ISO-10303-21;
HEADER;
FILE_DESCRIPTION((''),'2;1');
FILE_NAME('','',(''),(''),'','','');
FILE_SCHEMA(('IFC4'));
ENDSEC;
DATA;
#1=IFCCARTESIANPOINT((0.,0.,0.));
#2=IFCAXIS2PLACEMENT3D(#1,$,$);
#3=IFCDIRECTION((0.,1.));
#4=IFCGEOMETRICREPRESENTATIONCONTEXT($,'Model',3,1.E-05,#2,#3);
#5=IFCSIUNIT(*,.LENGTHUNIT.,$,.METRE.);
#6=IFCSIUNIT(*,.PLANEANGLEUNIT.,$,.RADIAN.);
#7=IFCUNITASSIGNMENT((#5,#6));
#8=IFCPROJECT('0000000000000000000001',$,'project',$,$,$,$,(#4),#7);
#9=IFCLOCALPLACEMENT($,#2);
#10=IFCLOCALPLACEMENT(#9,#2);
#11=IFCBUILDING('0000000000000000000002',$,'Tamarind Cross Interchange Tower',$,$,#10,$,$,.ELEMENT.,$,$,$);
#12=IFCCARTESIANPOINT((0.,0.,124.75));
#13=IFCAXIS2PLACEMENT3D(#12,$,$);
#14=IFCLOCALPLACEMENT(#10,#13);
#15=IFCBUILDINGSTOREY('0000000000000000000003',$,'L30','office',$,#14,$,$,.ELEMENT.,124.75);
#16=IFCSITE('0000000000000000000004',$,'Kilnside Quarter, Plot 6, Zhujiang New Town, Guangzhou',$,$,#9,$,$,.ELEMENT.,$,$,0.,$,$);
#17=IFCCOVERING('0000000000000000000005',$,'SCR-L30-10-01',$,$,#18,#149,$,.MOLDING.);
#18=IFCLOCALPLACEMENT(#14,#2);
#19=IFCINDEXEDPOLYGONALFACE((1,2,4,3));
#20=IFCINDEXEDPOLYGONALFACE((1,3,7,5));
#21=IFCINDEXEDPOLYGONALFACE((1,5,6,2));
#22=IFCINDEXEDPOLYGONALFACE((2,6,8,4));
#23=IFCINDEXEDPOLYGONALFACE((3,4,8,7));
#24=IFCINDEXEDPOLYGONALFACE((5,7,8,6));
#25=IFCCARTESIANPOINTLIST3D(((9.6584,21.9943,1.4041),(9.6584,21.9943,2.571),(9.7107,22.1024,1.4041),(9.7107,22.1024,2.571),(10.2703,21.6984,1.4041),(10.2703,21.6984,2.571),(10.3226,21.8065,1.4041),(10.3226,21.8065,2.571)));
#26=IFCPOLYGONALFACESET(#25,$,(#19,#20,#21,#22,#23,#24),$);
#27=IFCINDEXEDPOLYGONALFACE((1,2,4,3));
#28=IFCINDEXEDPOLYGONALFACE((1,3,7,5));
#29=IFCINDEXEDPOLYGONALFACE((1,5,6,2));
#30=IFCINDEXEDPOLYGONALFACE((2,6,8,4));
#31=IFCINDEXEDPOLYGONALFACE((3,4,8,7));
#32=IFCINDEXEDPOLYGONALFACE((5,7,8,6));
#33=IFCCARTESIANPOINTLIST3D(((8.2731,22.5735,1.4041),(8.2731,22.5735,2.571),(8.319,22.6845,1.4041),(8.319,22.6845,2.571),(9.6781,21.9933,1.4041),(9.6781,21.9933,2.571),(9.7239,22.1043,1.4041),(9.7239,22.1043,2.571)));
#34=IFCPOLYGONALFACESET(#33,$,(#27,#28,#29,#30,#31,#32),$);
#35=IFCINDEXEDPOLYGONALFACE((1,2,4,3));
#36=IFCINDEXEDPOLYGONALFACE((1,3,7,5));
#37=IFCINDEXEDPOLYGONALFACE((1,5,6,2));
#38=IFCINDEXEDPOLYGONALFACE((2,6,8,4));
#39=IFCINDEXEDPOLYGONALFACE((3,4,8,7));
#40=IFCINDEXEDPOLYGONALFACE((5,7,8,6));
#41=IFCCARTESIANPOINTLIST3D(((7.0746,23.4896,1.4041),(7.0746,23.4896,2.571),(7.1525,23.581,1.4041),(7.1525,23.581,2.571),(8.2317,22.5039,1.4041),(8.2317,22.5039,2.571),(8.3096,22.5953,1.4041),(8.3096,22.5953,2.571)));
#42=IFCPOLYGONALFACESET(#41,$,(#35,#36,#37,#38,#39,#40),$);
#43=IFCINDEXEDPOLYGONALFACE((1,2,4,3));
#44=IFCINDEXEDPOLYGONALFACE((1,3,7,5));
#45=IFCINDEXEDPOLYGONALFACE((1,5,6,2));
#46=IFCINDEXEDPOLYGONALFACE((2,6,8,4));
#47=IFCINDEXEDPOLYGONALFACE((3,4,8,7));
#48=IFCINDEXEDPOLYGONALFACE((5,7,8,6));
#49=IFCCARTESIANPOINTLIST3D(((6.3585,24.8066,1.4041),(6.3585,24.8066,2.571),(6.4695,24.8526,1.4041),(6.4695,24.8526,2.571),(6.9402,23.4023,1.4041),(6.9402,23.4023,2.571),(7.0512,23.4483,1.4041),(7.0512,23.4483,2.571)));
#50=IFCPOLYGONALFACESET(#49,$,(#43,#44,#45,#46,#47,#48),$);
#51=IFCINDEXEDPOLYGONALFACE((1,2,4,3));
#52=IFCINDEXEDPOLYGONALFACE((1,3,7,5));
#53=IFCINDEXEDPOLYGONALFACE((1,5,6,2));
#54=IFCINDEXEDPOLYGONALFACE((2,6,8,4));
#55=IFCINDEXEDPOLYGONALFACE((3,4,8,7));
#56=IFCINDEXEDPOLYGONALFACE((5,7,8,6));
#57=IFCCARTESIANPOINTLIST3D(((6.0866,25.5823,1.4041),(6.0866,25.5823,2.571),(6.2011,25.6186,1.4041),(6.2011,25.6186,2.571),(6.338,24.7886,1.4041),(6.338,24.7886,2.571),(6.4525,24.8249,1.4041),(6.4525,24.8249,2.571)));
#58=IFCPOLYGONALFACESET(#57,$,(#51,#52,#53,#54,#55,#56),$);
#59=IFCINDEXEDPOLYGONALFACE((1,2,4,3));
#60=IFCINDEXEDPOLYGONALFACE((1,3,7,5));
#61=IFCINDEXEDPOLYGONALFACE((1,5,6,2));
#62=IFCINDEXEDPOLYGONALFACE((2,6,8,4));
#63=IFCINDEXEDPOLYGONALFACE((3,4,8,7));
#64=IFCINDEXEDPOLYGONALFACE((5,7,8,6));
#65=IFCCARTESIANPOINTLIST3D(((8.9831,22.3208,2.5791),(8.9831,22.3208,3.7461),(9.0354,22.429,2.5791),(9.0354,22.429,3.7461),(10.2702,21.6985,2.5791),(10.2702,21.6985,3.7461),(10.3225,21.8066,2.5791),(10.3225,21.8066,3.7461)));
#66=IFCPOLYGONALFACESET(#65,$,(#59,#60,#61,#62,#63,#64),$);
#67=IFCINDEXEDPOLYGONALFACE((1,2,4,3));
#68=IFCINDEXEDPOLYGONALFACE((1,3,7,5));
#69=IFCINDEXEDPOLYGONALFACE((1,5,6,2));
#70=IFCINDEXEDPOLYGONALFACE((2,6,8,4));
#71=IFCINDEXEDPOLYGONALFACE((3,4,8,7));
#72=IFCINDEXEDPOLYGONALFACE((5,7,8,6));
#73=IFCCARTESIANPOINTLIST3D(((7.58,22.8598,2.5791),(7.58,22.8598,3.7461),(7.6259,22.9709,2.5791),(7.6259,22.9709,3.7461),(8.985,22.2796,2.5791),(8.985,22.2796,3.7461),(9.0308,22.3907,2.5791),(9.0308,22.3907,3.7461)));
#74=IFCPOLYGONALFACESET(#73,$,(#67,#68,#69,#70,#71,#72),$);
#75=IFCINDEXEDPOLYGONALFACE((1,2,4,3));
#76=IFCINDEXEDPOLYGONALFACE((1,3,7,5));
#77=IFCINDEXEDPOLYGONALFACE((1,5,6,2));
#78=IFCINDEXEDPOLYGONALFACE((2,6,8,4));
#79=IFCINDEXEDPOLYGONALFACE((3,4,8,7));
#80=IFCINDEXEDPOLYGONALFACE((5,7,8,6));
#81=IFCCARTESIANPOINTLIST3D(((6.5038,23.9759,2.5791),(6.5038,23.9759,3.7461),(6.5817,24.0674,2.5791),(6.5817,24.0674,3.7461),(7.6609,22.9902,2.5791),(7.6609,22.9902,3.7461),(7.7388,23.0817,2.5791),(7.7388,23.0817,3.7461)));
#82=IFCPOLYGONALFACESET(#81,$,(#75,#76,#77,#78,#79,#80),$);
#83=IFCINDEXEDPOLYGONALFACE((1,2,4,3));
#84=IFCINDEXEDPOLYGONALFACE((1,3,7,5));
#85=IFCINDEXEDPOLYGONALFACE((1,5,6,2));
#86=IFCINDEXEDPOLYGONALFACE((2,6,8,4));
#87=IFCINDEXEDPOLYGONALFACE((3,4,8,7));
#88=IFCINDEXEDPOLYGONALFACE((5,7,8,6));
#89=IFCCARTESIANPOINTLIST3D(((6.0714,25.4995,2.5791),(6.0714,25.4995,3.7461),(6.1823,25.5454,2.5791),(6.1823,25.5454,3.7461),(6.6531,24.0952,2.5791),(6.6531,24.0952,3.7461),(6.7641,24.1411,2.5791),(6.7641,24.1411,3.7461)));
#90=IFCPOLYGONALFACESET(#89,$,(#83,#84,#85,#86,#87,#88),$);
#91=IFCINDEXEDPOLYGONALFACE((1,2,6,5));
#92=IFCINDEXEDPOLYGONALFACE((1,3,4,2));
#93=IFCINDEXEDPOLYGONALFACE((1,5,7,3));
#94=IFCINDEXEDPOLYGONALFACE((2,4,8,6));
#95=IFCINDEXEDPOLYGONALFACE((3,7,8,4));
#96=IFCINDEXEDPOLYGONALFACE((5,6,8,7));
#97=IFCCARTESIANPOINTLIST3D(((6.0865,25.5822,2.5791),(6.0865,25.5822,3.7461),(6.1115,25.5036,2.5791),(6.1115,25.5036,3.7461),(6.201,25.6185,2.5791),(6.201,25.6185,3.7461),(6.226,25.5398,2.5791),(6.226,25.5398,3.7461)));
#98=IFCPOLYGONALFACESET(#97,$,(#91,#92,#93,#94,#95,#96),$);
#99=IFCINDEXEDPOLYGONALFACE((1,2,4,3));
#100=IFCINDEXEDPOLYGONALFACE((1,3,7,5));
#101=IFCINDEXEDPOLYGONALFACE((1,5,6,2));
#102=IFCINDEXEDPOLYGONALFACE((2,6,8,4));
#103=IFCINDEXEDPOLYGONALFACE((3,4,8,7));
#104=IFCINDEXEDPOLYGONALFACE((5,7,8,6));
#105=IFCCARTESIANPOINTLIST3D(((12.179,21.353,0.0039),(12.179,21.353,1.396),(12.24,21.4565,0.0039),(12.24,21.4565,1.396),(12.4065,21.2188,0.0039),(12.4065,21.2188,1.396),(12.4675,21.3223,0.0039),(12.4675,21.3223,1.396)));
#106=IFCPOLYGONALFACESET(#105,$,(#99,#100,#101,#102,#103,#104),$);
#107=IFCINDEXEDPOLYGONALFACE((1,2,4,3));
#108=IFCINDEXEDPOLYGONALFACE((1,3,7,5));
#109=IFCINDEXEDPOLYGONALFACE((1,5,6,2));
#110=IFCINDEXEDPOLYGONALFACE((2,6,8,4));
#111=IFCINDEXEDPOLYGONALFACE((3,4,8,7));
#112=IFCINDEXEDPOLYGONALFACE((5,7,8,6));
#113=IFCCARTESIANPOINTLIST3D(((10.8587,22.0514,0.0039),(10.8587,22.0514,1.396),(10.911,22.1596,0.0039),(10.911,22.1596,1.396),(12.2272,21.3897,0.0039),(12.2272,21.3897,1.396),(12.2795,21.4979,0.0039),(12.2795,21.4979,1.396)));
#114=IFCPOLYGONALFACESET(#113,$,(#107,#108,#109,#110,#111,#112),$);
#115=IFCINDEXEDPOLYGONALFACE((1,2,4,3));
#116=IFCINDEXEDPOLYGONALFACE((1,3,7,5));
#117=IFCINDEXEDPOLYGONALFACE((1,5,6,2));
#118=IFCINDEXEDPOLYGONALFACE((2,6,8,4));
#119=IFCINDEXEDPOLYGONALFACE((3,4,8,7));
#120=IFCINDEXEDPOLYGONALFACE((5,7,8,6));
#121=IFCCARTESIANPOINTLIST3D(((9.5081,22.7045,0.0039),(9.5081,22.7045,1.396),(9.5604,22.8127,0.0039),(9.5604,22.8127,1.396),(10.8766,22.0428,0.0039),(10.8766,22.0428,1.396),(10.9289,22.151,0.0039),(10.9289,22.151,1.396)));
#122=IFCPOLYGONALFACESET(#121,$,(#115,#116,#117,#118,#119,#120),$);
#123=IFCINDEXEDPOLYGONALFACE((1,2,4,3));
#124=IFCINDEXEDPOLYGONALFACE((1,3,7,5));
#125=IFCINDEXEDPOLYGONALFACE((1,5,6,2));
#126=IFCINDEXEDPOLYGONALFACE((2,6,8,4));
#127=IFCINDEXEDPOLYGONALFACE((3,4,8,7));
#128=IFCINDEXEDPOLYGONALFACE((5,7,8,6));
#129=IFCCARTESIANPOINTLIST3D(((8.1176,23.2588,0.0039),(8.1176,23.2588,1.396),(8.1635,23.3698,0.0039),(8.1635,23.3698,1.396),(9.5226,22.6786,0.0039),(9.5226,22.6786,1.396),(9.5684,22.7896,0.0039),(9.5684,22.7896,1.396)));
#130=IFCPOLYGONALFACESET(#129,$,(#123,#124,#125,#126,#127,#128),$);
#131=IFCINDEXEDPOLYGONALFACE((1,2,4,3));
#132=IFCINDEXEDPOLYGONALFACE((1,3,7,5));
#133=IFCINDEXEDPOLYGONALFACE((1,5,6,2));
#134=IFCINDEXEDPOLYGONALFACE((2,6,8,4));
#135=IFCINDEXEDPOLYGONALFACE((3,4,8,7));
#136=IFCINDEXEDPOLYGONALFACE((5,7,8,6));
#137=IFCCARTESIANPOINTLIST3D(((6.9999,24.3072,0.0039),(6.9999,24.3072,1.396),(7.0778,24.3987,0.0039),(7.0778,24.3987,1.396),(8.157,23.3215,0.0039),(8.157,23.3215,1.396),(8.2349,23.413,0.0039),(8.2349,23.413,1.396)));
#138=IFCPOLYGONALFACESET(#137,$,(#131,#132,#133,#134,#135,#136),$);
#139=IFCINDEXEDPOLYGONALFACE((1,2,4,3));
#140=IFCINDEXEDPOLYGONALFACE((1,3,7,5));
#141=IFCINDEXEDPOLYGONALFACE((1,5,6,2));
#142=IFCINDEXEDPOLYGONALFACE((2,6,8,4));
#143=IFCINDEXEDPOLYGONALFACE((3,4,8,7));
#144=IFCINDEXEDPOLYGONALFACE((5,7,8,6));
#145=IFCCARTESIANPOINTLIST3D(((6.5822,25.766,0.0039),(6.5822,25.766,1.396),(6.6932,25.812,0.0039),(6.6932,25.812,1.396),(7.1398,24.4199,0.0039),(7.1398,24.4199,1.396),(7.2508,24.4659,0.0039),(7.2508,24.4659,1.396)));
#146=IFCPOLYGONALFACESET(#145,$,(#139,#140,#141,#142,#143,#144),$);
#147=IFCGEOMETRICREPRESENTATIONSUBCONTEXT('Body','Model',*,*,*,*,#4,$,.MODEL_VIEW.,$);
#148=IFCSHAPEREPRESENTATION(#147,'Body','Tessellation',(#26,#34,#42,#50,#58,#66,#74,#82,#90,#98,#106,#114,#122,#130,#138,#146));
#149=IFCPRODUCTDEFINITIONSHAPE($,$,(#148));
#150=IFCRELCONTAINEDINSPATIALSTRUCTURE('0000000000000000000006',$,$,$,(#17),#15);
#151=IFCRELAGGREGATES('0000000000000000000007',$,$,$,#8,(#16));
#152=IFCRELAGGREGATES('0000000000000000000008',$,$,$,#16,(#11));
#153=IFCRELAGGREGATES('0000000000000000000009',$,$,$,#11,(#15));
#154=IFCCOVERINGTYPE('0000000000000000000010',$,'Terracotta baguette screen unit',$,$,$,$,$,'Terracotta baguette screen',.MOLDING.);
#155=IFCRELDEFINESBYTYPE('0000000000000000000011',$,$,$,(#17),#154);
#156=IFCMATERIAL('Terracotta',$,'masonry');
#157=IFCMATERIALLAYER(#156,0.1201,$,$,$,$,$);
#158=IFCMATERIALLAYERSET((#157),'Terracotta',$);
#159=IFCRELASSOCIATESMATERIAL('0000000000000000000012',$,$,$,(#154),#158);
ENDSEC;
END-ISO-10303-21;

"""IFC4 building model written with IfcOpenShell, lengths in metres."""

from ifc_helpers import new_model, si_unit, direction, frame, origin, origin_2d, place, context, subcontext, project, spatial, rectangle, extrude, material, layer, layer_set, type_object, element, save


model = new_model("IFC4")

# Units and contexts
model_context = context("Model", 3, precision=1e-05, world=origin(), true_north=direction((0.0, 1.0)))
body_context = subcontext(model_context, "Body", "Model", "MODEL_VIEW")
ifc_project = project(units=[si_unit("LENGTHUNIT", "METRE"), si_unit("PLANEANGLEUNIT", "RADIAN")], contexts=[model_context])

# Site, building, storey
site_placement = place(None, origin())
site = spatial("IfcSite", under=ifc_project, at=site_placement, Name="Kilnside Quarter, Plot 6, Zhujiang New Town, Guangzhou", CompositionType="ELEMENT", RefElevation=0.0)
building_placement = place(site_placement, origin())
building = spatial("IfcBuilding", under=site, at=building_placement, Name="Tamarind Cross Interchange Tower", CompositionType="ELEMENT")
storey_placement = place(building_placement, frame((0.0, 0.0, 124.75)))
storey = spatial("IfcBuildingStorey", under=building, at=storey_placement, Name="L30", Description="office", CompositionType="ELEMENT", Elevation=124.75)

# Covering
ifc_material_1 = material(Name="Terracotta", Category="masonry")
ifc_layer_1 = layer(ifc_material_1, 0.1201)
ifc_layer_set_1 = layer_set([ifc_layer_1], Name="Terracotta")
covering_type = type_object("IfcCoveringType", Name="Terracotta baguette screen unit", ElementType="Terracotta baguette screen", PredefinedType="MOLDING", material=ifc_layer_set_1)
covering_1_placement = place(storey_placement, origin())
element("IfcCovering", 1, at=covering_1_placement, inside=storey, type_object=covering_type, Name="SCR-L30-10-01", PredefinedType="MOLDING", context=body_context, shape_type="SweptSolid", body=[
    extrude(rectangle(XDim=0.6797, YDim=0.1201, at=origin_2d()), frame((9.9905, 21.9004, 1.4041), z_axis=(0.0, 0.0, 1.0), x_axis=(-0.900273, 0.435326, 0.0)), (0.0, 0.0, 1.0), 1.167),
    extrude(rectangle(XDim=1.52, YDim=0.1201, at=origin_2d()), frame((8.9985, 22.3389, 1.4041), z_axis=(0.0, 0.0, 1.0), x_axis=(-0.924281, 0.381712, 0.0)), (0.0, 0.0, 1.0), 1.167),
    extrude(rectangle(XDim=1.52, YDim=0.1201, at=origin_2d()), frame((7.6921, 23.0425, 1.4041), z_axis=(0.0, 0.0, 1.0), x_axis=(-0.761233, 0.648479, 0.0)), (0.0, 0.0, 1.0), 1.167),
    extrude(rectangle(XDim=1.52, YDim=0.1201, at=origin_2d()), frame((6.7048, 24.1274, 1.4041), z_axis=(0.0, 0.0, 1.0), x_axis=(-0.382708, 0.923869, 0.0)), (0.0, 0.0, 1.0), 1.167),
    extrude(rectangle(XDim=0.8325, YDim=0.1201, at=origin_2d()), frame((6.2695, 25.2036, 1.4041), z_axis=(0.0, 0.0, 1.0), x_axis=(-0.301957, 0.953321, 0.0)), (0.0, 0.0, 1.0), 1.167),
    extrude(rectangle(XDim=1.4297, YDim=0.1201, at=origin_2d()), frame((9.6528, 22.0637, 2.5791), z_axis=(0.0, 0.0, 1.0), x_axis=(-0.900273, 0.435326, 0.0)), (0.0, 0.0, 1.0), 1.167),
    extrude(rectangle(XDim=1.52, YDim=0.1201, at=origin_2d()), frame((8.3054, 22.6252, 2.5791), z_axis=(0.0, 0.0, 1.0), x_axis=(-0.924281, 0.381712, 0.0)), (0.0, 0.0, 1.0), 1.167),
    extrude(rectangle(XDim=1.52, YDim=0.1201, at=origin_2d()), frame((7.1213, 23.5288, 2.5791), z_axis=(0.0, 0.0, 1.0), x_axis=(-0.761233, 0.648479, 0.0)), (0.0, 0.0, 1.0), 1.167),
    extrude(rectangle(XDim=1.52, YDim=0.1201, at=origin_2d()), frame((6.4177, 24.8203, 2.5791), z_axis=(0.0, 0.0, 1.0), x_axis=(-0.382708, 0.923869, 0.0)), (0.0, 0.0, 1.0), 1.167),
    extrude(rectangle(XDim=0.0825, YDim=0.1201, at=origin_2d()), frame((6.1562, 25.561, 2.5791), z_axis=(0.0, 0.0, 1.0), x_axis=(-0.301957, 0.953321, 0.0)), (0.0, 0.0, 1.0), 1.167),
    extrude(rectangle(XDim=0.2642, YDim=0.1201, at=origin_2d()), frame((12.3232, 21.3376, 0.0039), z_axis=(0.0, 0.0, 1.0), x_axis=(-0.861249, 0.508183, 0.0)), (0.0, 0.0, 1.0), 1.3921),
    extrude(rectangle(XDim=1.52, YDim=0.1201, at=origin_2d()), frame((11.5691, 21.7747, 0.0039), z_axis=(0.0, 0.0, 1.0), x_axis=(-0.900273, 0.435326, 0.0)), (0.0, 0.0, 1.0), 1.3921),
    extrude(rectangle(XDim=1.52, YDim=0.1201, at=origin_2d()), frame((10.2185, 22.4277, 0.0039), z_axis=(0.0, 0.0, 1.0), x_axis=(-0.900273, 0.435326, 0.0)), (0.0, 0.0, 1.0), 1.3921),
    extrude(rectangle(XDim=1.52, YDim=0.1201, at=origin_2d()), frame((8.843, 23.0242, 0.0039), z_axis=(0.0, 0.0, 1.0), x_axis=(-0.924281, 0.381712, 0.0)), (0.0, 0.0, 1.0), 1.3921),
    extrude(rectangle(XDim=1.52, YDim=0.1201, at=origin_2d()), frame((7.6174, 23.8601, 0.0039), z_axis=(0.0, 0.0, 1.0), x_axis=(-0.761233, 0.648479, 0.0)), (0.0, 0.0, 1.0), 1.3921),
    extrude(rectangle(XDim=1.457, YDim=0.1201, at=origin_2d()), frame((6.9165, 25.116, 0.0039), z_axis=(0.0, 0.0, 1.0), x_axis=(-0.382708, 0.923869, 0.0)), (0.0, 0.0, 1.0), 1.3921),
])

save(model, "model.ifc")
